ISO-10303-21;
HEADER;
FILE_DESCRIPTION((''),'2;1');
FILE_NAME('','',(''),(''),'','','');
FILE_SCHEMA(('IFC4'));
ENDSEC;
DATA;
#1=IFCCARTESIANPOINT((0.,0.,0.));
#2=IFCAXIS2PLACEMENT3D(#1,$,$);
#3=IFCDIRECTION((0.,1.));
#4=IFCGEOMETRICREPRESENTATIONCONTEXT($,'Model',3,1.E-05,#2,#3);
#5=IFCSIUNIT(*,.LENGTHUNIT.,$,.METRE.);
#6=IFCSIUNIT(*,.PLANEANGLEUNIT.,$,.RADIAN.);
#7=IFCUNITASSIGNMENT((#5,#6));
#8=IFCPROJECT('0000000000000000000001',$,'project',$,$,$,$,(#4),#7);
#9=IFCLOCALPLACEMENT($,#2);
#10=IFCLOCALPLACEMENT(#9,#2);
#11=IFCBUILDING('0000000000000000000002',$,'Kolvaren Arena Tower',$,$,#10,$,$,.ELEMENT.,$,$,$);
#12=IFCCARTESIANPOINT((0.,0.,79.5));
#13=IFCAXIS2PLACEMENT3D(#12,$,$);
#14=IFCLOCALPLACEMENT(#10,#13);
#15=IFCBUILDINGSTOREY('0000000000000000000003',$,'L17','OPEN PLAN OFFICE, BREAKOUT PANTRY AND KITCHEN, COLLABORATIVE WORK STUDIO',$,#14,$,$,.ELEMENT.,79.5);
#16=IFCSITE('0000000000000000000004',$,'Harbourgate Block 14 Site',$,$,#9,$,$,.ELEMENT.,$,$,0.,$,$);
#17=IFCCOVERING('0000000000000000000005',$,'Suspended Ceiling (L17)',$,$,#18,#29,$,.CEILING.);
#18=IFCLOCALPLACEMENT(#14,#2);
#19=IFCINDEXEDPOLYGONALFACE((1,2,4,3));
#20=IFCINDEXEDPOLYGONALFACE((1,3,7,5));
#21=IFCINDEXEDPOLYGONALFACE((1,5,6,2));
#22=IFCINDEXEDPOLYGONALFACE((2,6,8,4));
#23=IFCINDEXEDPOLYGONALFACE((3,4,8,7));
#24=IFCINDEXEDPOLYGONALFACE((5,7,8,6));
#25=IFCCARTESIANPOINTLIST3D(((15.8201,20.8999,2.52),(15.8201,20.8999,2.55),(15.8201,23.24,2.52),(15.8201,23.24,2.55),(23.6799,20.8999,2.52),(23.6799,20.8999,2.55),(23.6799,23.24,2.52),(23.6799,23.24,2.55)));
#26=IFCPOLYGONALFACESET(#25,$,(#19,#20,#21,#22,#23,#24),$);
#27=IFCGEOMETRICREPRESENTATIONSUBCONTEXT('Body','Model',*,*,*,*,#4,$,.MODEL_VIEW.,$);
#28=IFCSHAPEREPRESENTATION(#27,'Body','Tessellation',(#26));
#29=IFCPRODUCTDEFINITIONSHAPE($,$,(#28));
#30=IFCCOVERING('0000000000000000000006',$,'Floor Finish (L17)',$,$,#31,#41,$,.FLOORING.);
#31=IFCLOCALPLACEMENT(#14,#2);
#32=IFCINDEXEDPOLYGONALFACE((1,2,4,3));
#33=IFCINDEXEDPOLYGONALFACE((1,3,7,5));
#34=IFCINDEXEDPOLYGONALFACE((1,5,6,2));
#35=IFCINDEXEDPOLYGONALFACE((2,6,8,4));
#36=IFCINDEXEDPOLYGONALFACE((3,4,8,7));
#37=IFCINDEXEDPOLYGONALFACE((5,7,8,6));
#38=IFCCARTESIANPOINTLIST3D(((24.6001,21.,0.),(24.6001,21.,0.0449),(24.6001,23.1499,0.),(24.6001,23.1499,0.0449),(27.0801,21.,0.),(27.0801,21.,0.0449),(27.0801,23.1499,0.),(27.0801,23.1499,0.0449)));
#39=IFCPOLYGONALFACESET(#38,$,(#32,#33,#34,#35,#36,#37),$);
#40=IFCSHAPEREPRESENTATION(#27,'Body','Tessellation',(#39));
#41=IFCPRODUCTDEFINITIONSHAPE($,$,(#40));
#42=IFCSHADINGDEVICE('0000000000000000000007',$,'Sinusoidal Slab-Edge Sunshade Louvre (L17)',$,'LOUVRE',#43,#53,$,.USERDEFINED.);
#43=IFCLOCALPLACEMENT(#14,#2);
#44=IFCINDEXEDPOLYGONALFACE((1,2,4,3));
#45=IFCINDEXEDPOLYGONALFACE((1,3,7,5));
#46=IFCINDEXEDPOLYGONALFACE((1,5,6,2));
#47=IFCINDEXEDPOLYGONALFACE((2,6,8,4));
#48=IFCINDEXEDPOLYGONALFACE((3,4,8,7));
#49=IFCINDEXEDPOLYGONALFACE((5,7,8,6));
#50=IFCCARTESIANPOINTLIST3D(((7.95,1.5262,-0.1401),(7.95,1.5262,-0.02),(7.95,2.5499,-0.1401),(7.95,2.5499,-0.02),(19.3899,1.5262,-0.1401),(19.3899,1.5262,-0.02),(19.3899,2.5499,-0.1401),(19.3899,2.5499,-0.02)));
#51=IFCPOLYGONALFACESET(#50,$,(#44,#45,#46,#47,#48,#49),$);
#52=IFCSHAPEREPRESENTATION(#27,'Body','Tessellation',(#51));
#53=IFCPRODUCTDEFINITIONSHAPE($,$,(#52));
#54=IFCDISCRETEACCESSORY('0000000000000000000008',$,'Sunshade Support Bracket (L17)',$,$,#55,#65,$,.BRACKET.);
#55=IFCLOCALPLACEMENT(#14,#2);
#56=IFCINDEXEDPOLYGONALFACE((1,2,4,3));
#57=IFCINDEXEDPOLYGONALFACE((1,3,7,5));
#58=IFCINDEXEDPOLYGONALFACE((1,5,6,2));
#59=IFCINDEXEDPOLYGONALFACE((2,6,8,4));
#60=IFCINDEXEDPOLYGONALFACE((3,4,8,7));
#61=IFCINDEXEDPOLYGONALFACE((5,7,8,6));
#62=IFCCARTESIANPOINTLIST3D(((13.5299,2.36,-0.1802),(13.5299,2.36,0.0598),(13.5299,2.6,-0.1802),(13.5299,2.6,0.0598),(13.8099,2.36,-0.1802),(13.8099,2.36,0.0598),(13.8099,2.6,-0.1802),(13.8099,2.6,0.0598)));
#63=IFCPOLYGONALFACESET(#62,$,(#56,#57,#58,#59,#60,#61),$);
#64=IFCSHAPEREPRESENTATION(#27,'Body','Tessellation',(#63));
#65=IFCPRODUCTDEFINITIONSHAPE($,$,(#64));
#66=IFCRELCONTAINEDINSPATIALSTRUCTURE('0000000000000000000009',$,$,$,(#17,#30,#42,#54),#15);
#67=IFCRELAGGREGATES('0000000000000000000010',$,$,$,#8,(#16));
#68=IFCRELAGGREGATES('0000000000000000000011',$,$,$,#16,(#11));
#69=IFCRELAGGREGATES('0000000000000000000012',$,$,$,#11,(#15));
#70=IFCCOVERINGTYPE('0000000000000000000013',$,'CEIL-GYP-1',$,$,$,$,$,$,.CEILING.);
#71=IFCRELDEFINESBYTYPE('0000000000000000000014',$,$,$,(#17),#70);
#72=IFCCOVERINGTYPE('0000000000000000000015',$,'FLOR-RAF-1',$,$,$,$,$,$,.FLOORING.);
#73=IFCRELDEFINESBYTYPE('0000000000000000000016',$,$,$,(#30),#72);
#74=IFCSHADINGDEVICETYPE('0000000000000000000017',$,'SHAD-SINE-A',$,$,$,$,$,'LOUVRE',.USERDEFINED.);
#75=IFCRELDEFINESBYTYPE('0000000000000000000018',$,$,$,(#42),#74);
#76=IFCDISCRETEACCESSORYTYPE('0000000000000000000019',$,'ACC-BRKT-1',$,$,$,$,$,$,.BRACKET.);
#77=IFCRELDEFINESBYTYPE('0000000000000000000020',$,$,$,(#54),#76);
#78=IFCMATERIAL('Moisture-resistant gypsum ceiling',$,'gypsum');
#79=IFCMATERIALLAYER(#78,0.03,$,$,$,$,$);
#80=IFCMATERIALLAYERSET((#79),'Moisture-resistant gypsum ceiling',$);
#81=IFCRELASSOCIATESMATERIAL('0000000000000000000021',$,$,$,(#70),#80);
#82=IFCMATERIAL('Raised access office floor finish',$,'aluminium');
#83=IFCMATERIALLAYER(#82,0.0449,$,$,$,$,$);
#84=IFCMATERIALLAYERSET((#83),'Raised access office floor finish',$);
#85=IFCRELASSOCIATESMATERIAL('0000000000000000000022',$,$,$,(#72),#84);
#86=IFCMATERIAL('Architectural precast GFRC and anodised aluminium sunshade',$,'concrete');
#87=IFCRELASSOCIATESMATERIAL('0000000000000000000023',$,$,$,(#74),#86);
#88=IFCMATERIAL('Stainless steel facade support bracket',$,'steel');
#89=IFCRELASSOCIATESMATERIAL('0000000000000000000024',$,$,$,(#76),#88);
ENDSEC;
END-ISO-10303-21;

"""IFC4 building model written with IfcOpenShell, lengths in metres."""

from ifc_helpers import new_model, si_unit, direction, frame, origin, origin_2d, place, context, subcontext, project, spatial, polyline, rectangle, outline, extrude, material, layer, layer_set, type_object, element, save


model = new_model("IFC4")

# Units and contexts
model_context = context("Model", 3, precision=1e-05, world=origin(), true_north=direction((0.0, 1.0)))
body_context = subcontext(model_context, "Body", "Model", "MODEL_VIEW")
ifc_project = project(units=[si_unit("LENGTHUNIT", "METRE"), si_unit("PLANEANGLEUNIT", "RADIAN")], contexts=[model_context])

# Site, building, storey
site_placement = place(None, origin())
site = spatial("IfcSite", under=ifc_project, at=site_placement, Name="Harbourgate Block 14 Site", CompositionType="ELEMENT", RefElevation=0.0)
building_placement = place(site_placement, origin())
building = spatial("IfcBuilding", under=site, at=building_placement, Name="Kolvaren Arena Tower", CompositionType="ELEMENT")
storey_placement = place(building_placement, frame((0.0, 0.0, 79.5)))
storey = spatial("IfcBuildingStorey", under=building, at=storey_placement, Name="L17", Description="OPEN PLAN OFFICE, BREAKOUT PANTRY AND KITCHEN, COLLABORATIVE WORK STUDIO", CompositionType="ELEMENT", Elevation=79.5)

# Coverings
ifc_material_1 = material(Name="Moisture-resistant gypsum ceiling", Category="gypsum")
ifc_layer_1 = layer(ifc_material_1, 0.03)
ifc_layer_set_1 = layer_set([ifc_layer_1], Name="Moisture-resistant gypsum ceiling")
covering_type_1 = type_object("IfcCoveringType", Name="CEIL-GYP-1", PredefinedType="CEILING", material=ifc_layer_set_1)
covering_1_placement = place(storey_placement, frame((0.0, 0.0, 2.52)))
element("IfcCovering", 1, at=covering_1_placement, inside=storey, type_object=covering_type_1, Name="Suspended Ceiling (L17)", PredefinedType="CEILING", context=body_context, shape_type="SweptSolid", body=[
    extrude(outline(polyline([(15.8201, 20.8999), (15.8201, 23.24), (23.6799, 23.24), (23.6799, 20.8999), (15.8201, 20.8999)])), origin(), (0.0, 0.0, 1.0), 0.03),
])
ifc_material_2 = material(Name="Raised access office floor finish", Category="aluminium")
ifc_layer_2 = layer(ifc_material_2, 0.0449)
ifc_layer_set_2 = layer_set([ifc_layer_2], Name="Raised access office floor finish")
covering_type_2 = type_object("IfcCoveringType", Name="FLOR-RAF-1", PredefinedType="FLOORING", material=ifc_layer_set_2)
covering_2_placement = place(storey_placement, origin())
element("IfcCovering", 2, at=covering_2_placement, inside=storey, type_object=covering_type_2, Name="Floor Finish (L17)", PredefinedType="FLOORING", context=body_context, shape_type="SweptSolid", body=[
    extrude(outline(polyline([(24.6001, 21.0), (24.6001, 23.1499), (27.0801, 23.1499), (27.0801, 21.0), (24.6001, 21.0)])), origin(), (0.0, 0.0, 1.0), 0.0449),
])

# Shading device
ifc_material_3 = material(Name="Architectural precast GFRC and anodised aluminium sunshade", Category="concrete")
shading_device_type = type_object("IfcShadingDeviceType", Name="SHAD-SINE-A", ElementType="LOUVRE", PredefinedType="USERDEFINED", material=ifc_material_3)
shading_device_placement = place(storey_placement, frame((13.6699, 2.0381, -0.1401), z_axis=(0.0, 0.0, 1.0), x_axis=(-1.0, 0.0, 0.0)))
element("IfcShadingDevice", 3, at=shading_device_placement, inside=storey, type_object=shading_device_type, Name="Sinusoidal Slab-Edge Sunshade Louvre (L17)", ObjectType="LOUVRE", PredefinedType="USERDEFINED", context=body_context, shape_type="SweptSolid", body=[
    extrude(rectangle(XDim=11.4399, YDim=1.0237, at=origin_2d()), origin(), (0.0, 0.0, 1.0), 0.1201),
])

# Discrete accessory
ifc_material_4 = material(Name="Stainless steel facade support bracket", Category="steel")
discrete_accessory_type = type_object("IfcDiscreteAccessoryType", Name="ACC-BRKT-1", PredefinedType="BRACKET", material=ifc_material_4)
discrete_accessory_placement = place(storey_placement, frame((13.6699, 2.48, -0.1802), z_axis=(0.0, 0.0, 1.0), x_axis=(-1.0, 0.0, 0.0)))
element("IfcDiscreteAccessory", 4, at=discrete_accessory_placement, inside=storey, type_object=discrete_accessory_type, Name="Sunshade Support Bracket (L17)", PredefinedType="BRACKET", context=body_context, shape_type="SweptSolid", body=[
    extrude(rectangle(XDim=0.28, YDim=0.24, at=origin_2d()), origin(), (0.0, 0.0, 1.0), 0.24),
])

save(model, "model.ifc")
